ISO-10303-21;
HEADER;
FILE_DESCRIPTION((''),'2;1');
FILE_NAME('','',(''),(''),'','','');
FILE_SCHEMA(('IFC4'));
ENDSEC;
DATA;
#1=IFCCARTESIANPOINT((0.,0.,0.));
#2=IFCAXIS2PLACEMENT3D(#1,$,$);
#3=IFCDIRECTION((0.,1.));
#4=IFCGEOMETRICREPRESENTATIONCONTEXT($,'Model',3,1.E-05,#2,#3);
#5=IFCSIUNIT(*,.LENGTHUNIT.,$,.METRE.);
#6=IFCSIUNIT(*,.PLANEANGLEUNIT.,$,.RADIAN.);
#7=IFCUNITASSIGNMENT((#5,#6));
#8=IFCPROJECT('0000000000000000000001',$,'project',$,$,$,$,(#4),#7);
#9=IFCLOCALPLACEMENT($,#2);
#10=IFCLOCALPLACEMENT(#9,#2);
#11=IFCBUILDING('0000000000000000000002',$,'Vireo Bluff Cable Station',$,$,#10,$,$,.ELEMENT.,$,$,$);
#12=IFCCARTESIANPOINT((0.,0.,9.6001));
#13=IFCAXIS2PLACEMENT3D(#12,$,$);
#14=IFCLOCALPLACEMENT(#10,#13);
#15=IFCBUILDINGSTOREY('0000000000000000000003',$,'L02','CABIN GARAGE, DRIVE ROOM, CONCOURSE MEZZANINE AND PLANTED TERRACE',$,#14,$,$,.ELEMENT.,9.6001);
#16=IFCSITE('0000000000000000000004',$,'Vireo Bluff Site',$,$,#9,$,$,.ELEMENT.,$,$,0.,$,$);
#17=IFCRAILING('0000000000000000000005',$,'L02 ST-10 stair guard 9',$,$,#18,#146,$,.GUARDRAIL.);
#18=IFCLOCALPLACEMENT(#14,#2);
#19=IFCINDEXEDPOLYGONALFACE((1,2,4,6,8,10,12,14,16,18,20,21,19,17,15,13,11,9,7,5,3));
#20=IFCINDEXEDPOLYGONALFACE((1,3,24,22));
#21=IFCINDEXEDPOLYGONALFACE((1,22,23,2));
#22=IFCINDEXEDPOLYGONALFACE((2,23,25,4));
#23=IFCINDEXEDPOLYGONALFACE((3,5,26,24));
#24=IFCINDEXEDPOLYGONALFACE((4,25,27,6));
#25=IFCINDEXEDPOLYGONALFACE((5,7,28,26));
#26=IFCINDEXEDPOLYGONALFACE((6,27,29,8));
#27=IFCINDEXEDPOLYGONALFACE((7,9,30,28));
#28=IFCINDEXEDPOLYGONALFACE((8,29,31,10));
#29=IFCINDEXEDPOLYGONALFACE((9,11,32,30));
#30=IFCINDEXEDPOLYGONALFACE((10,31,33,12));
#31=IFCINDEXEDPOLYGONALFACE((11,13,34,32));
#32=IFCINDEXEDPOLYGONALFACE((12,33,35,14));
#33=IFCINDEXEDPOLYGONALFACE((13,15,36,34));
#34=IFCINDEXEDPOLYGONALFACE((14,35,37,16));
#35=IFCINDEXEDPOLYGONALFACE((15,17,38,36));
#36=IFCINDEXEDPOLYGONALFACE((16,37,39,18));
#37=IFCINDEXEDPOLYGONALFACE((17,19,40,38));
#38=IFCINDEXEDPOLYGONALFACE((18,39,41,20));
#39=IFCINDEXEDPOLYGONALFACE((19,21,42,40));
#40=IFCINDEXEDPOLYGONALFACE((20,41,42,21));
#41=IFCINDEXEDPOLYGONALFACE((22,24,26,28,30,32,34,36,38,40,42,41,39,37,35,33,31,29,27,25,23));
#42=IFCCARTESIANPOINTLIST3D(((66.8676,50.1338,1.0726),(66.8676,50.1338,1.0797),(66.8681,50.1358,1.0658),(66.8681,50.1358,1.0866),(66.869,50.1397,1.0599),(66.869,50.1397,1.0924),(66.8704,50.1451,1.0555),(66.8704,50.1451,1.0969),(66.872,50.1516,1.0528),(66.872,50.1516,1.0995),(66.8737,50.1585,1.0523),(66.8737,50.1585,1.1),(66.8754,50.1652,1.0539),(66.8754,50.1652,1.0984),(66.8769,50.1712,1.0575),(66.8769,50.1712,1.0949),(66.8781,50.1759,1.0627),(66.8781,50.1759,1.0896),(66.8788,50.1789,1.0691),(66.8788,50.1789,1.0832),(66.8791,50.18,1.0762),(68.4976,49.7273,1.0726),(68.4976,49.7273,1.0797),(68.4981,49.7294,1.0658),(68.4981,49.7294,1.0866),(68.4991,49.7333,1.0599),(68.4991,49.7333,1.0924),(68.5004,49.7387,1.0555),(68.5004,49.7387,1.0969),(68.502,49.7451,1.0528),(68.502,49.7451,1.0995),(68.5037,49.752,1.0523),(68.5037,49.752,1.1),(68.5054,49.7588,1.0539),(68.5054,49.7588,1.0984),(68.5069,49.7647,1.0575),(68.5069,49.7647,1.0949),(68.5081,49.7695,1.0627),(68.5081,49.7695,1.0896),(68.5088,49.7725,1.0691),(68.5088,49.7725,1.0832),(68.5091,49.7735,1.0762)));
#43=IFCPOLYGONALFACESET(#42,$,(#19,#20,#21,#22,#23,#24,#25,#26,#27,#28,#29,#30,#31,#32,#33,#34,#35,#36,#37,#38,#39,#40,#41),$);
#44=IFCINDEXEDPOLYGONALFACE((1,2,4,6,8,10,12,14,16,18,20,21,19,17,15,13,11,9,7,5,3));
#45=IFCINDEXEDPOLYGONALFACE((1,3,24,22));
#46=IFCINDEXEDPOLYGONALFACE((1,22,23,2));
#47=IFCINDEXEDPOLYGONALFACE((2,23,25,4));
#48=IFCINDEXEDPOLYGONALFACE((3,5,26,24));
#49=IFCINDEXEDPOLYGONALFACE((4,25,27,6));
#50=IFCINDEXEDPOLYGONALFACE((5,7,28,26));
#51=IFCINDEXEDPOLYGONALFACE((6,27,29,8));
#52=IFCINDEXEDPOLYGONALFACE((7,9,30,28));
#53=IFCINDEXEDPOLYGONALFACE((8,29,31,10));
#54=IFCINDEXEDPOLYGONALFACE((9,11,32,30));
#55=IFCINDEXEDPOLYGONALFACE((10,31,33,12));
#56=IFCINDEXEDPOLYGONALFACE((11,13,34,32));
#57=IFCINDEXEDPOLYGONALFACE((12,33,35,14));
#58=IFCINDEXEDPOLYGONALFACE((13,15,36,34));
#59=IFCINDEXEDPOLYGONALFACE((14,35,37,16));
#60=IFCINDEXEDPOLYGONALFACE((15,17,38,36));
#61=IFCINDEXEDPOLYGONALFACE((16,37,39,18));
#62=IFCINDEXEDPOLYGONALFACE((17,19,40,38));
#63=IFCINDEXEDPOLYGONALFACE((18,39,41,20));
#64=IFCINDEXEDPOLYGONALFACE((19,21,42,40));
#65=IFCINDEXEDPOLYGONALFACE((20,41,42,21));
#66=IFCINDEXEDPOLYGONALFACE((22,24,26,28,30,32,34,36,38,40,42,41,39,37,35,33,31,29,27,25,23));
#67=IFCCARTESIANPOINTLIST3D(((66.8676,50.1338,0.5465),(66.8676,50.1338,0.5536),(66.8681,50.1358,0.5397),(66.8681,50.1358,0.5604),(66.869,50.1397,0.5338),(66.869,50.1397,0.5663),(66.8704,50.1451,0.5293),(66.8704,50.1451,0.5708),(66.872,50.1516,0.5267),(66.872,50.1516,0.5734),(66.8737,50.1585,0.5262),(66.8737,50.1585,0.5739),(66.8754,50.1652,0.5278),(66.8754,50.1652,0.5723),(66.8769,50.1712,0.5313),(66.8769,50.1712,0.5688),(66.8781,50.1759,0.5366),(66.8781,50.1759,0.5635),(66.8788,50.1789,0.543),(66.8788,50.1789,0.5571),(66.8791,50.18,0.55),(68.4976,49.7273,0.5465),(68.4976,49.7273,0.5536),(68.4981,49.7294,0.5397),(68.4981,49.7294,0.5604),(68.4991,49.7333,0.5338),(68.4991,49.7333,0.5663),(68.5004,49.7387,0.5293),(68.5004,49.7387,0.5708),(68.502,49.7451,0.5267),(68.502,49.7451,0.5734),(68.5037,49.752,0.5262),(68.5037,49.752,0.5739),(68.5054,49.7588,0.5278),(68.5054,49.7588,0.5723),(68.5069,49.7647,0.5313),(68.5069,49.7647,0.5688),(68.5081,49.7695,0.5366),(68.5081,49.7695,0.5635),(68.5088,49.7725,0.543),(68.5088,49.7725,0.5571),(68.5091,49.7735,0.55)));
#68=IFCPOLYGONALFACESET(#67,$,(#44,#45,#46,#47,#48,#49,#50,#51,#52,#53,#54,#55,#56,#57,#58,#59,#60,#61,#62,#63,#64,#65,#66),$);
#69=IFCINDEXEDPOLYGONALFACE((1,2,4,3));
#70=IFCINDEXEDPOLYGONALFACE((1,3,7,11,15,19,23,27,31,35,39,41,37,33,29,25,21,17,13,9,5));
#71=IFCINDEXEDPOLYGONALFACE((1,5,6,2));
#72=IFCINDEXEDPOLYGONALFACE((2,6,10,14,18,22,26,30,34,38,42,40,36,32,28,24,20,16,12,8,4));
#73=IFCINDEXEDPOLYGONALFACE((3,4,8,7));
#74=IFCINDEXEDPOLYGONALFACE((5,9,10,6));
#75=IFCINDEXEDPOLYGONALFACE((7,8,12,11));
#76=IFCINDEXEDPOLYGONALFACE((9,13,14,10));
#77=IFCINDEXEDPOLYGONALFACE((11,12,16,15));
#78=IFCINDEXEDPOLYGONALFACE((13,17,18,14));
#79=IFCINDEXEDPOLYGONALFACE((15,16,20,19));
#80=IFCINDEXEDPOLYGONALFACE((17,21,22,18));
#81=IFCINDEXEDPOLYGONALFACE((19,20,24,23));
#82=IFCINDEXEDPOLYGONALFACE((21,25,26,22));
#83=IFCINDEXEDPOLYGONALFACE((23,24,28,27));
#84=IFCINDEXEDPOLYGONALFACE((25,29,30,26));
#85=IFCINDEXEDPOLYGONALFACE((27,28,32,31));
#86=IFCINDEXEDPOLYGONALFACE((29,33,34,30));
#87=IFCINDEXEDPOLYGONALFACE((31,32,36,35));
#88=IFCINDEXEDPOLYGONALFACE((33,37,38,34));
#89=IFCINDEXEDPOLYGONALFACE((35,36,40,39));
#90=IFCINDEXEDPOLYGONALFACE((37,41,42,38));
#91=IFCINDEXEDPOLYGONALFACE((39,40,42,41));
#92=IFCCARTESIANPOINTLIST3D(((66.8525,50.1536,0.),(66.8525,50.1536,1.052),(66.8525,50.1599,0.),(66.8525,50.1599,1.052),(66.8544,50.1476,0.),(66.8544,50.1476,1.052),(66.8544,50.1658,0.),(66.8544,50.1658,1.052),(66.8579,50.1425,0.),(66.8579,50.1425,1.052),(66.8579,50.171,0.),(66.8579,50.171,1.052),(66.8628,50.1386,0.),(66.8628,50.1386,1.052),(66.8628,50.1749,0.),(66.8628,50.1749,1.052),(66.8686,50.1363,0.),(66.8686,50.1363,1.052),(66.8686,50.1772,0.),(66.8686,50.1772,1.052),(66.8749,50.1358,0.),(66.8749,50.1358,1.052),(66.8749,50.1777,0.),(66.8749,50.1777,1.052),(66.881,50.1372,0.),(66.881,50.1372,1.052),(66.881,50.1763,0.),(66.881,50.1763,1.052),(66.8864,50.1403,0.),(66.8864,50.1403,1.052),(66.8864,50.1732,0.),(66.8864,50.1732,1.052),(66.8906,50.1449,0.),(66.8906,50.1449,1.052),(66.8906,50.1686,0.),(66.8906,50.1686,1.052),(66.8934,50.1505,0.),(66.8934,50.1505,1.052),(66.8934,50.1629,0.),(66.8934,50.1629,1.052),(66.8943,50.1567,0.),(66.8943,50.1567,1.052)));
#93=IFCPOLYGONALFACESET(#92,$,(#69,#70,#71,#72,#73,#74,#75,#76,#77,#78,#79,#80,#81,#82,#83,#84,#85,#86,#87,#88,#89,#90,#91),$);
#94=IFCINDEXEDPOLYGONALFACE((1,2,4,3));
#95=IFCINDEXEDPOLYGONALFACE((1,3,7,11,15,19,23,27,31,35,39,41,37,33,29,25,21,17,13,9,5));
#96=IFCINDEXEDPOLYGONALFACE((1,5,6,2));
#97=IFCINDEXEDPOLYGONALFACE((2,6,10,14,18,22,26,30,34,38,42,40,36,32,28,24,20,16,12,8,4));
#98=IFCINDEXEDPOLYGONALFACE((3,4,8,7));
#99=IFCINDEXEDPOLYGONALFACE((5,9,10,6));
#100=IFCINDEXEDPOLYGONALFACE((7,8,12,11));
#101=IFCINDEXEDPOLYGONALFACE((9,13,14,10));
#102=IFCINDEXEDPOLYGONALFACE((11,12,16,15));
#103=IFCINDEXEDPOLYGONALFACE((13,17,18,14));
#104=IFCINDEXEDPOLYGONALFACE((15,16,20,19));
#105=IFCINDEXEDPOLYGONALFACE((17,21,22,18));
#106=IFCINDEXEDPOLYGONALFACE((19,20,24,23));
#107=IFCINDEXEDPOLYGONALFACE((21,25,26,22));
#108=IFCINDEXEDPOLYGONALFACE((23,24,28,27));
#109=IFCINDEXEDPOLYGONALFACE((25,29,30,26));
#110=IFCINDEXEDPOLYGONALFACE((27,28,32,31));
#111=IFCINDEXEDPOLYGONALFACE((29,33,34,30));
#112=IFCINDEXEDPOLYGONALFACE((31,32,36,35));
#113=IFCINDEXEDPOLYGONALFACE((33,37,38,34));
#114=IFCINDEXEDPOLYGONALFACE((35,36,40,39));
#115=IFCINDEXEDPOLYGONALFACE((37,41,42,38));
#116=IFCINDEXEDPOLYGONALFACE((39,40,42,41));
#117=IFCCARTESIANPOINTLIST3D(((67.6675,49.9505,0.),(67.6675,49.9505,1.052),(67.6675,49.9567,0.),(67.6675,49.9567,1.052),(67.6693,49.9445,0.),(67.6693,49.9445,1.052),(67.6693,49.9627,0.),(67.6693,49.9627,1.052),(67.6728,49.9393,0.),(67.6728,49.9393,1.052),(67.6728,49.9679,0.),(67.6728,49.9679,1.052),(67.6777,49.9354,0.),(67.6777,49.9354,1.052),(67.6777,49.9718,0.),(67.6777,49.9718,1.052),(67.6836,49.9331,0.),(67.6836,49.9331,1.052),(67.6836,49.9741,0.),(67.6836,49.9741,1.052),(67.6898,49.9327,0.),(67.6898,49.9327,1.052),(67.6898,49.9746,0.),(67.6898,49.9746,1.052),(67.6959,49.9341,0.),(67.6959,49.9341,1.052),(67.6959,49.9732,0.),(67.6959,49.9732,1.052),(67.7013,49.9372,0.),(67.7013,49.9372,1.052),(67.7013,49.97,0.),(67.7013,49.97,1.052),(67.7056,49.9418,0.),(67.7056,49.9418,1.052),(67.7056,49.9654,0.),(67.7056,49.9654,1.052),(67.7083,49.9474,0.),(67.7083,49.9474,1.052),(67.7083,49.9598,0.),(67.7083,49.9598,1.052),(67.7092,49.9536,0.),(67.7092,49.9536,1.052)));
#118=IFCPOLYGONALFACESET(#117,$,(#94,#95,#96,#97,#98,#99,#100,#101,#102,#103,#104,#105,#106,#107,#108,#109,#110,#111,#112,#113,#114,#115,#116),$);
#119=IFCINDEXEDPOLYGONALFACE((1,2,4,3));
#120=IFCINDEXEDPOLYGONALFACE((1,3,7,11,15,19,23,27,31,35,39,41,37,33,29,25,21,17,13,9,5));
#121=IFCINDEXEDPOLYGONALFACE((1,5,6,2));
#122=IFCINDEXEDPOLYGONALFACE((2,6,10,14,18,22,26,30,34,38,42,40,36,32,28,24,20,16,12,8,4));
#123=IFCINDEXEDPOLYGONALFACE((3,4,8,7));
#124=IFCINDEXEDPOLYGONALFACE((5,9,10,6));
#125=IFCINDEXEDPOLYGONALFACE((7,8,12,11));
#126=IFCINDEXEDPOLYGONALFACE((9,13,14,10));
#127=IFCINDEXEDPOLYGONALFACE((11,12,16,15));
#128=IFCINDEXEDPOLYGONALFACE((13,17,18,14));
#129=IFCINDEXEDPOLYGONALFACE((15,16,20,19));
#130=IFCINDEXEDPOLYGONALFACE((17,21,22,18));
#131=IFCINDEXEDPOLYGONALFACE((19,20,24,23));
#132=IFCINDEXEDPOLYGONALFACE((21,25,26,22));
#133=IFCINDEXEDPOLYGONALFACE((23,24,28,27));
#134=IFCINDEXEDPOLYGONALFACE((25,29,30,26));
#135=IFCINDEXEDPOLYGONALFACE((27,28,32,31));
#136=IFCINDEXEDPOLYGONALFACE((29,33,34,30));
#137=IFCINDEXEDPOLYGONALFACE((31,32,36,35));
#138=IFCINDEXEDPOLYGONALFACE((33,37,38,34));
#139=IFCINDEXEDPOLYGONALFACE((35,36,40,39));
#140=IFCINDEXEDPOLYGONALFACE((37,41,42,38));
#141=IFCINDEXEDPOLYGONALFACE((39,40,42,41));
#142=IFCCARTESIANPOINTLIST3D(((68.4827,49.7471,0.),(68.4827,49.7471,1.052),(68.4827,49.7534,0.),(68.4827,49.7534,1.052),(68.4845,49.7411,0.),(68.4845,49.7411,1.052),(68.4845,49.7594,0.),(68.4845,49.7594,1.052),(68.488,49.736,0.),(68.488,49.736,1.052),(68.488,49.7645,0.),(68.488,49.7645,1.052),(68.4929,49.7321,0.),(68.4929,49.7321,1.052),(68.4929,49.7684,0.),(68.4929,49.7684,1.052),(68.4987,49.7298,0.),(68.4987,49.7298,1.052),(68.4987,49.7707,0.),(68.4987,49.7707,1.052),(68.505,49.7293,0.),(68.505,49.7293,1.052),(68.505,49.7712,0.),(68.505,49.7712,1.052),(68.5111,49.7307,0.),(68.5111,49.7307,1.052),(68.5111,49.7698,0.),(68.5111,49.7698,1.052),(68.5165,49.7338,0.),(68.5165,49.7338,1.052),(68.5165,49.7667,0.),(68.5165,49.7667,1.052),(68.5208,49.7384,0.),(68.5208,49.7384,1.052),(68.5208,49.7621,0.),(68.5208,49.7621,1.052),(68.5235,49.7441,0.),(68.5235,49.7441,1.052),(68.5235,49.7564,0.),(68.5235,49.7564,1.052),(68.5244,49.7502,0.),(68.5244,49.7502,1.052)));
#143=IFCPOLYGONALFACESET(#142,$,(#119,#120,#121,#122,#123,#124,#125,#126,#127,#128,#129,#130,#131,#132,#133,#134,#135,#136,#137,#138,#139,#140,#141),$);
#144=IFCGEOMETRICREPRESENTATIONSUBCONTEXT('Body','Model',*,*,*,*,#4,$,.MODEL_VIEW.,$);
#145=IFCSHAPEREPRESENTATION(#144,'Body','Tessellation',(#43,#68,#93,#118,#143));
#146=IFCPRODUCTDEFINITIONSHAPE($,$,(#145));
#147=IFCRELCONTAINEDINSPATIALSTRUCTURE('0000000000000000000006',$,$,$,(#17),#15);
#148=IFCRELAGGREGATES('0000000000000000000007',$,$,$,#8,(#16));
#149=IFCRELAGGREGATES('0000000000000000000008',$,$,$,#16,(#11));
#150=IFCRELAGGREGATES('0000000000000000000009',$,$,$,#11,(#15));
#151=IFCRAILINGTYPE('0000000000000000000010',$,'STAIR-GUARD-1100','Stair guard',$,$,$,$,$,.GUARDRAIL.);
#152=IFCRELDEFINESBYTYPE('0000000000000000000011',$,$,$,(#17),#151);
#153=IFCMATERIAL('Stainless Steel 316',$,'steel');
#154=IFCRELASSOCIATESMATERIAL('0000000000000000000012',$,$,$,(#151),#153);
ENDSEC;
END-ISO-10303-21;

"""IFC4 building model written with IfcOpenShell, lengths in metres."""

from ifc_helpers import new_model, si_unit, direction, frame, origin, origin_2d, place, context, subcontext, project, spatial, circle, extrude, material, type_object, element, save


model = new_model("IFC4")

# Units and contexts
model_context = context("Model", 3, precision=1e-05, world=origin(), true_north=direction((0.0, 1.0)))
body_context = subcontext(model_context, "Body", "Model", "MODEL_VIEW")
ifc_project = project(units=[si_unit("LENGTHUNIT", "METRE"), si_unit("PLANEANGLEUNIT", "RADIAN")], contexts=[model_context])

# Site, building, storey
site_placement = place(None, origin())
site = spatial("IfcSite", under=ifc_project, at=site_placement, Name="Vireo Bluff Site", CompositionType="ELEMENT", RefElevation=0.0)
building_placement = place(site_placement, origin())
building = spatial("IfcBuilding", under=site, at=building_placement, Name="Vireo Bluff Cable Station", CompositionType="ELEMENT")
storey_placement = place(building_placement, frame((0.0, 0.0, 9.6001)))
storey = spatial("IfcBuildingStorey", under=building, at=storey_placement, Name="L02", Description="CABIN GARAGE, DRIVE ROOM, CONCOURSE MEZZANINE AND PLANTED TERRACE", CompositionType="ELEMENT", Elevation=9.6001)

# Railing
ifc_material_1 = material(Name="Stainless Steel 316", Category="steel")
railing_type_1 = type_object("IfcRailingType", Name="STAIR-GUARD-1100", Description="Stair guard", PredefinedType="GUARDRAIL", material=ifc_material_1)
for number, where, name in (
    (1, (66.8733, 50.1567, 0.0), "L02 ST-10 stair guard 9"),
):
    element("IfcRailing", number, at=place(storey_placement, frame(where)), inside=storey, type_object=railing_type_1, Name=name, PredefinedType="GUARDRAIL", context=body_context, shape_type="SweptSolid", body=[
        extrude(circle(Radius=0.0239, at=origin_2d()), frame((0.0, 0.0, 1.0762), z_axis=(0.970288, -0.241954, 0.0), x_axis=(0.241954, 0.970288, 0.0)), (0.0, 0.0, 1.0), 1.6799),
        extrude(circle(Radius=0.0239, at=origin_2d()), frame((0.0, 0.0, 0.55), z_axis=(0.970288, -0.241954, 0.0), x_axis=(0.241954, 0.970288, 0.0)), (0.0, 0.0, 1.0), 1.6799),
        extrude(circle(Radius=0.021, at=origin_2d()), origin(), (0.0, 0.0, 1.0), 1.052),
        extrude(circle(Radius=0.021, at=origin_2d()), frame((0.8149, -0.2031, 0.0)), (0.0, 0.0, 1.0), 1.052),
        extrude(circle(Radius=0.021, at=origin_2d()), frame((1.6301, -0.4065, 0.0)), (0.0, 0.0, 1.0), 1.052),
    ])

save(model, "model.ifc")
